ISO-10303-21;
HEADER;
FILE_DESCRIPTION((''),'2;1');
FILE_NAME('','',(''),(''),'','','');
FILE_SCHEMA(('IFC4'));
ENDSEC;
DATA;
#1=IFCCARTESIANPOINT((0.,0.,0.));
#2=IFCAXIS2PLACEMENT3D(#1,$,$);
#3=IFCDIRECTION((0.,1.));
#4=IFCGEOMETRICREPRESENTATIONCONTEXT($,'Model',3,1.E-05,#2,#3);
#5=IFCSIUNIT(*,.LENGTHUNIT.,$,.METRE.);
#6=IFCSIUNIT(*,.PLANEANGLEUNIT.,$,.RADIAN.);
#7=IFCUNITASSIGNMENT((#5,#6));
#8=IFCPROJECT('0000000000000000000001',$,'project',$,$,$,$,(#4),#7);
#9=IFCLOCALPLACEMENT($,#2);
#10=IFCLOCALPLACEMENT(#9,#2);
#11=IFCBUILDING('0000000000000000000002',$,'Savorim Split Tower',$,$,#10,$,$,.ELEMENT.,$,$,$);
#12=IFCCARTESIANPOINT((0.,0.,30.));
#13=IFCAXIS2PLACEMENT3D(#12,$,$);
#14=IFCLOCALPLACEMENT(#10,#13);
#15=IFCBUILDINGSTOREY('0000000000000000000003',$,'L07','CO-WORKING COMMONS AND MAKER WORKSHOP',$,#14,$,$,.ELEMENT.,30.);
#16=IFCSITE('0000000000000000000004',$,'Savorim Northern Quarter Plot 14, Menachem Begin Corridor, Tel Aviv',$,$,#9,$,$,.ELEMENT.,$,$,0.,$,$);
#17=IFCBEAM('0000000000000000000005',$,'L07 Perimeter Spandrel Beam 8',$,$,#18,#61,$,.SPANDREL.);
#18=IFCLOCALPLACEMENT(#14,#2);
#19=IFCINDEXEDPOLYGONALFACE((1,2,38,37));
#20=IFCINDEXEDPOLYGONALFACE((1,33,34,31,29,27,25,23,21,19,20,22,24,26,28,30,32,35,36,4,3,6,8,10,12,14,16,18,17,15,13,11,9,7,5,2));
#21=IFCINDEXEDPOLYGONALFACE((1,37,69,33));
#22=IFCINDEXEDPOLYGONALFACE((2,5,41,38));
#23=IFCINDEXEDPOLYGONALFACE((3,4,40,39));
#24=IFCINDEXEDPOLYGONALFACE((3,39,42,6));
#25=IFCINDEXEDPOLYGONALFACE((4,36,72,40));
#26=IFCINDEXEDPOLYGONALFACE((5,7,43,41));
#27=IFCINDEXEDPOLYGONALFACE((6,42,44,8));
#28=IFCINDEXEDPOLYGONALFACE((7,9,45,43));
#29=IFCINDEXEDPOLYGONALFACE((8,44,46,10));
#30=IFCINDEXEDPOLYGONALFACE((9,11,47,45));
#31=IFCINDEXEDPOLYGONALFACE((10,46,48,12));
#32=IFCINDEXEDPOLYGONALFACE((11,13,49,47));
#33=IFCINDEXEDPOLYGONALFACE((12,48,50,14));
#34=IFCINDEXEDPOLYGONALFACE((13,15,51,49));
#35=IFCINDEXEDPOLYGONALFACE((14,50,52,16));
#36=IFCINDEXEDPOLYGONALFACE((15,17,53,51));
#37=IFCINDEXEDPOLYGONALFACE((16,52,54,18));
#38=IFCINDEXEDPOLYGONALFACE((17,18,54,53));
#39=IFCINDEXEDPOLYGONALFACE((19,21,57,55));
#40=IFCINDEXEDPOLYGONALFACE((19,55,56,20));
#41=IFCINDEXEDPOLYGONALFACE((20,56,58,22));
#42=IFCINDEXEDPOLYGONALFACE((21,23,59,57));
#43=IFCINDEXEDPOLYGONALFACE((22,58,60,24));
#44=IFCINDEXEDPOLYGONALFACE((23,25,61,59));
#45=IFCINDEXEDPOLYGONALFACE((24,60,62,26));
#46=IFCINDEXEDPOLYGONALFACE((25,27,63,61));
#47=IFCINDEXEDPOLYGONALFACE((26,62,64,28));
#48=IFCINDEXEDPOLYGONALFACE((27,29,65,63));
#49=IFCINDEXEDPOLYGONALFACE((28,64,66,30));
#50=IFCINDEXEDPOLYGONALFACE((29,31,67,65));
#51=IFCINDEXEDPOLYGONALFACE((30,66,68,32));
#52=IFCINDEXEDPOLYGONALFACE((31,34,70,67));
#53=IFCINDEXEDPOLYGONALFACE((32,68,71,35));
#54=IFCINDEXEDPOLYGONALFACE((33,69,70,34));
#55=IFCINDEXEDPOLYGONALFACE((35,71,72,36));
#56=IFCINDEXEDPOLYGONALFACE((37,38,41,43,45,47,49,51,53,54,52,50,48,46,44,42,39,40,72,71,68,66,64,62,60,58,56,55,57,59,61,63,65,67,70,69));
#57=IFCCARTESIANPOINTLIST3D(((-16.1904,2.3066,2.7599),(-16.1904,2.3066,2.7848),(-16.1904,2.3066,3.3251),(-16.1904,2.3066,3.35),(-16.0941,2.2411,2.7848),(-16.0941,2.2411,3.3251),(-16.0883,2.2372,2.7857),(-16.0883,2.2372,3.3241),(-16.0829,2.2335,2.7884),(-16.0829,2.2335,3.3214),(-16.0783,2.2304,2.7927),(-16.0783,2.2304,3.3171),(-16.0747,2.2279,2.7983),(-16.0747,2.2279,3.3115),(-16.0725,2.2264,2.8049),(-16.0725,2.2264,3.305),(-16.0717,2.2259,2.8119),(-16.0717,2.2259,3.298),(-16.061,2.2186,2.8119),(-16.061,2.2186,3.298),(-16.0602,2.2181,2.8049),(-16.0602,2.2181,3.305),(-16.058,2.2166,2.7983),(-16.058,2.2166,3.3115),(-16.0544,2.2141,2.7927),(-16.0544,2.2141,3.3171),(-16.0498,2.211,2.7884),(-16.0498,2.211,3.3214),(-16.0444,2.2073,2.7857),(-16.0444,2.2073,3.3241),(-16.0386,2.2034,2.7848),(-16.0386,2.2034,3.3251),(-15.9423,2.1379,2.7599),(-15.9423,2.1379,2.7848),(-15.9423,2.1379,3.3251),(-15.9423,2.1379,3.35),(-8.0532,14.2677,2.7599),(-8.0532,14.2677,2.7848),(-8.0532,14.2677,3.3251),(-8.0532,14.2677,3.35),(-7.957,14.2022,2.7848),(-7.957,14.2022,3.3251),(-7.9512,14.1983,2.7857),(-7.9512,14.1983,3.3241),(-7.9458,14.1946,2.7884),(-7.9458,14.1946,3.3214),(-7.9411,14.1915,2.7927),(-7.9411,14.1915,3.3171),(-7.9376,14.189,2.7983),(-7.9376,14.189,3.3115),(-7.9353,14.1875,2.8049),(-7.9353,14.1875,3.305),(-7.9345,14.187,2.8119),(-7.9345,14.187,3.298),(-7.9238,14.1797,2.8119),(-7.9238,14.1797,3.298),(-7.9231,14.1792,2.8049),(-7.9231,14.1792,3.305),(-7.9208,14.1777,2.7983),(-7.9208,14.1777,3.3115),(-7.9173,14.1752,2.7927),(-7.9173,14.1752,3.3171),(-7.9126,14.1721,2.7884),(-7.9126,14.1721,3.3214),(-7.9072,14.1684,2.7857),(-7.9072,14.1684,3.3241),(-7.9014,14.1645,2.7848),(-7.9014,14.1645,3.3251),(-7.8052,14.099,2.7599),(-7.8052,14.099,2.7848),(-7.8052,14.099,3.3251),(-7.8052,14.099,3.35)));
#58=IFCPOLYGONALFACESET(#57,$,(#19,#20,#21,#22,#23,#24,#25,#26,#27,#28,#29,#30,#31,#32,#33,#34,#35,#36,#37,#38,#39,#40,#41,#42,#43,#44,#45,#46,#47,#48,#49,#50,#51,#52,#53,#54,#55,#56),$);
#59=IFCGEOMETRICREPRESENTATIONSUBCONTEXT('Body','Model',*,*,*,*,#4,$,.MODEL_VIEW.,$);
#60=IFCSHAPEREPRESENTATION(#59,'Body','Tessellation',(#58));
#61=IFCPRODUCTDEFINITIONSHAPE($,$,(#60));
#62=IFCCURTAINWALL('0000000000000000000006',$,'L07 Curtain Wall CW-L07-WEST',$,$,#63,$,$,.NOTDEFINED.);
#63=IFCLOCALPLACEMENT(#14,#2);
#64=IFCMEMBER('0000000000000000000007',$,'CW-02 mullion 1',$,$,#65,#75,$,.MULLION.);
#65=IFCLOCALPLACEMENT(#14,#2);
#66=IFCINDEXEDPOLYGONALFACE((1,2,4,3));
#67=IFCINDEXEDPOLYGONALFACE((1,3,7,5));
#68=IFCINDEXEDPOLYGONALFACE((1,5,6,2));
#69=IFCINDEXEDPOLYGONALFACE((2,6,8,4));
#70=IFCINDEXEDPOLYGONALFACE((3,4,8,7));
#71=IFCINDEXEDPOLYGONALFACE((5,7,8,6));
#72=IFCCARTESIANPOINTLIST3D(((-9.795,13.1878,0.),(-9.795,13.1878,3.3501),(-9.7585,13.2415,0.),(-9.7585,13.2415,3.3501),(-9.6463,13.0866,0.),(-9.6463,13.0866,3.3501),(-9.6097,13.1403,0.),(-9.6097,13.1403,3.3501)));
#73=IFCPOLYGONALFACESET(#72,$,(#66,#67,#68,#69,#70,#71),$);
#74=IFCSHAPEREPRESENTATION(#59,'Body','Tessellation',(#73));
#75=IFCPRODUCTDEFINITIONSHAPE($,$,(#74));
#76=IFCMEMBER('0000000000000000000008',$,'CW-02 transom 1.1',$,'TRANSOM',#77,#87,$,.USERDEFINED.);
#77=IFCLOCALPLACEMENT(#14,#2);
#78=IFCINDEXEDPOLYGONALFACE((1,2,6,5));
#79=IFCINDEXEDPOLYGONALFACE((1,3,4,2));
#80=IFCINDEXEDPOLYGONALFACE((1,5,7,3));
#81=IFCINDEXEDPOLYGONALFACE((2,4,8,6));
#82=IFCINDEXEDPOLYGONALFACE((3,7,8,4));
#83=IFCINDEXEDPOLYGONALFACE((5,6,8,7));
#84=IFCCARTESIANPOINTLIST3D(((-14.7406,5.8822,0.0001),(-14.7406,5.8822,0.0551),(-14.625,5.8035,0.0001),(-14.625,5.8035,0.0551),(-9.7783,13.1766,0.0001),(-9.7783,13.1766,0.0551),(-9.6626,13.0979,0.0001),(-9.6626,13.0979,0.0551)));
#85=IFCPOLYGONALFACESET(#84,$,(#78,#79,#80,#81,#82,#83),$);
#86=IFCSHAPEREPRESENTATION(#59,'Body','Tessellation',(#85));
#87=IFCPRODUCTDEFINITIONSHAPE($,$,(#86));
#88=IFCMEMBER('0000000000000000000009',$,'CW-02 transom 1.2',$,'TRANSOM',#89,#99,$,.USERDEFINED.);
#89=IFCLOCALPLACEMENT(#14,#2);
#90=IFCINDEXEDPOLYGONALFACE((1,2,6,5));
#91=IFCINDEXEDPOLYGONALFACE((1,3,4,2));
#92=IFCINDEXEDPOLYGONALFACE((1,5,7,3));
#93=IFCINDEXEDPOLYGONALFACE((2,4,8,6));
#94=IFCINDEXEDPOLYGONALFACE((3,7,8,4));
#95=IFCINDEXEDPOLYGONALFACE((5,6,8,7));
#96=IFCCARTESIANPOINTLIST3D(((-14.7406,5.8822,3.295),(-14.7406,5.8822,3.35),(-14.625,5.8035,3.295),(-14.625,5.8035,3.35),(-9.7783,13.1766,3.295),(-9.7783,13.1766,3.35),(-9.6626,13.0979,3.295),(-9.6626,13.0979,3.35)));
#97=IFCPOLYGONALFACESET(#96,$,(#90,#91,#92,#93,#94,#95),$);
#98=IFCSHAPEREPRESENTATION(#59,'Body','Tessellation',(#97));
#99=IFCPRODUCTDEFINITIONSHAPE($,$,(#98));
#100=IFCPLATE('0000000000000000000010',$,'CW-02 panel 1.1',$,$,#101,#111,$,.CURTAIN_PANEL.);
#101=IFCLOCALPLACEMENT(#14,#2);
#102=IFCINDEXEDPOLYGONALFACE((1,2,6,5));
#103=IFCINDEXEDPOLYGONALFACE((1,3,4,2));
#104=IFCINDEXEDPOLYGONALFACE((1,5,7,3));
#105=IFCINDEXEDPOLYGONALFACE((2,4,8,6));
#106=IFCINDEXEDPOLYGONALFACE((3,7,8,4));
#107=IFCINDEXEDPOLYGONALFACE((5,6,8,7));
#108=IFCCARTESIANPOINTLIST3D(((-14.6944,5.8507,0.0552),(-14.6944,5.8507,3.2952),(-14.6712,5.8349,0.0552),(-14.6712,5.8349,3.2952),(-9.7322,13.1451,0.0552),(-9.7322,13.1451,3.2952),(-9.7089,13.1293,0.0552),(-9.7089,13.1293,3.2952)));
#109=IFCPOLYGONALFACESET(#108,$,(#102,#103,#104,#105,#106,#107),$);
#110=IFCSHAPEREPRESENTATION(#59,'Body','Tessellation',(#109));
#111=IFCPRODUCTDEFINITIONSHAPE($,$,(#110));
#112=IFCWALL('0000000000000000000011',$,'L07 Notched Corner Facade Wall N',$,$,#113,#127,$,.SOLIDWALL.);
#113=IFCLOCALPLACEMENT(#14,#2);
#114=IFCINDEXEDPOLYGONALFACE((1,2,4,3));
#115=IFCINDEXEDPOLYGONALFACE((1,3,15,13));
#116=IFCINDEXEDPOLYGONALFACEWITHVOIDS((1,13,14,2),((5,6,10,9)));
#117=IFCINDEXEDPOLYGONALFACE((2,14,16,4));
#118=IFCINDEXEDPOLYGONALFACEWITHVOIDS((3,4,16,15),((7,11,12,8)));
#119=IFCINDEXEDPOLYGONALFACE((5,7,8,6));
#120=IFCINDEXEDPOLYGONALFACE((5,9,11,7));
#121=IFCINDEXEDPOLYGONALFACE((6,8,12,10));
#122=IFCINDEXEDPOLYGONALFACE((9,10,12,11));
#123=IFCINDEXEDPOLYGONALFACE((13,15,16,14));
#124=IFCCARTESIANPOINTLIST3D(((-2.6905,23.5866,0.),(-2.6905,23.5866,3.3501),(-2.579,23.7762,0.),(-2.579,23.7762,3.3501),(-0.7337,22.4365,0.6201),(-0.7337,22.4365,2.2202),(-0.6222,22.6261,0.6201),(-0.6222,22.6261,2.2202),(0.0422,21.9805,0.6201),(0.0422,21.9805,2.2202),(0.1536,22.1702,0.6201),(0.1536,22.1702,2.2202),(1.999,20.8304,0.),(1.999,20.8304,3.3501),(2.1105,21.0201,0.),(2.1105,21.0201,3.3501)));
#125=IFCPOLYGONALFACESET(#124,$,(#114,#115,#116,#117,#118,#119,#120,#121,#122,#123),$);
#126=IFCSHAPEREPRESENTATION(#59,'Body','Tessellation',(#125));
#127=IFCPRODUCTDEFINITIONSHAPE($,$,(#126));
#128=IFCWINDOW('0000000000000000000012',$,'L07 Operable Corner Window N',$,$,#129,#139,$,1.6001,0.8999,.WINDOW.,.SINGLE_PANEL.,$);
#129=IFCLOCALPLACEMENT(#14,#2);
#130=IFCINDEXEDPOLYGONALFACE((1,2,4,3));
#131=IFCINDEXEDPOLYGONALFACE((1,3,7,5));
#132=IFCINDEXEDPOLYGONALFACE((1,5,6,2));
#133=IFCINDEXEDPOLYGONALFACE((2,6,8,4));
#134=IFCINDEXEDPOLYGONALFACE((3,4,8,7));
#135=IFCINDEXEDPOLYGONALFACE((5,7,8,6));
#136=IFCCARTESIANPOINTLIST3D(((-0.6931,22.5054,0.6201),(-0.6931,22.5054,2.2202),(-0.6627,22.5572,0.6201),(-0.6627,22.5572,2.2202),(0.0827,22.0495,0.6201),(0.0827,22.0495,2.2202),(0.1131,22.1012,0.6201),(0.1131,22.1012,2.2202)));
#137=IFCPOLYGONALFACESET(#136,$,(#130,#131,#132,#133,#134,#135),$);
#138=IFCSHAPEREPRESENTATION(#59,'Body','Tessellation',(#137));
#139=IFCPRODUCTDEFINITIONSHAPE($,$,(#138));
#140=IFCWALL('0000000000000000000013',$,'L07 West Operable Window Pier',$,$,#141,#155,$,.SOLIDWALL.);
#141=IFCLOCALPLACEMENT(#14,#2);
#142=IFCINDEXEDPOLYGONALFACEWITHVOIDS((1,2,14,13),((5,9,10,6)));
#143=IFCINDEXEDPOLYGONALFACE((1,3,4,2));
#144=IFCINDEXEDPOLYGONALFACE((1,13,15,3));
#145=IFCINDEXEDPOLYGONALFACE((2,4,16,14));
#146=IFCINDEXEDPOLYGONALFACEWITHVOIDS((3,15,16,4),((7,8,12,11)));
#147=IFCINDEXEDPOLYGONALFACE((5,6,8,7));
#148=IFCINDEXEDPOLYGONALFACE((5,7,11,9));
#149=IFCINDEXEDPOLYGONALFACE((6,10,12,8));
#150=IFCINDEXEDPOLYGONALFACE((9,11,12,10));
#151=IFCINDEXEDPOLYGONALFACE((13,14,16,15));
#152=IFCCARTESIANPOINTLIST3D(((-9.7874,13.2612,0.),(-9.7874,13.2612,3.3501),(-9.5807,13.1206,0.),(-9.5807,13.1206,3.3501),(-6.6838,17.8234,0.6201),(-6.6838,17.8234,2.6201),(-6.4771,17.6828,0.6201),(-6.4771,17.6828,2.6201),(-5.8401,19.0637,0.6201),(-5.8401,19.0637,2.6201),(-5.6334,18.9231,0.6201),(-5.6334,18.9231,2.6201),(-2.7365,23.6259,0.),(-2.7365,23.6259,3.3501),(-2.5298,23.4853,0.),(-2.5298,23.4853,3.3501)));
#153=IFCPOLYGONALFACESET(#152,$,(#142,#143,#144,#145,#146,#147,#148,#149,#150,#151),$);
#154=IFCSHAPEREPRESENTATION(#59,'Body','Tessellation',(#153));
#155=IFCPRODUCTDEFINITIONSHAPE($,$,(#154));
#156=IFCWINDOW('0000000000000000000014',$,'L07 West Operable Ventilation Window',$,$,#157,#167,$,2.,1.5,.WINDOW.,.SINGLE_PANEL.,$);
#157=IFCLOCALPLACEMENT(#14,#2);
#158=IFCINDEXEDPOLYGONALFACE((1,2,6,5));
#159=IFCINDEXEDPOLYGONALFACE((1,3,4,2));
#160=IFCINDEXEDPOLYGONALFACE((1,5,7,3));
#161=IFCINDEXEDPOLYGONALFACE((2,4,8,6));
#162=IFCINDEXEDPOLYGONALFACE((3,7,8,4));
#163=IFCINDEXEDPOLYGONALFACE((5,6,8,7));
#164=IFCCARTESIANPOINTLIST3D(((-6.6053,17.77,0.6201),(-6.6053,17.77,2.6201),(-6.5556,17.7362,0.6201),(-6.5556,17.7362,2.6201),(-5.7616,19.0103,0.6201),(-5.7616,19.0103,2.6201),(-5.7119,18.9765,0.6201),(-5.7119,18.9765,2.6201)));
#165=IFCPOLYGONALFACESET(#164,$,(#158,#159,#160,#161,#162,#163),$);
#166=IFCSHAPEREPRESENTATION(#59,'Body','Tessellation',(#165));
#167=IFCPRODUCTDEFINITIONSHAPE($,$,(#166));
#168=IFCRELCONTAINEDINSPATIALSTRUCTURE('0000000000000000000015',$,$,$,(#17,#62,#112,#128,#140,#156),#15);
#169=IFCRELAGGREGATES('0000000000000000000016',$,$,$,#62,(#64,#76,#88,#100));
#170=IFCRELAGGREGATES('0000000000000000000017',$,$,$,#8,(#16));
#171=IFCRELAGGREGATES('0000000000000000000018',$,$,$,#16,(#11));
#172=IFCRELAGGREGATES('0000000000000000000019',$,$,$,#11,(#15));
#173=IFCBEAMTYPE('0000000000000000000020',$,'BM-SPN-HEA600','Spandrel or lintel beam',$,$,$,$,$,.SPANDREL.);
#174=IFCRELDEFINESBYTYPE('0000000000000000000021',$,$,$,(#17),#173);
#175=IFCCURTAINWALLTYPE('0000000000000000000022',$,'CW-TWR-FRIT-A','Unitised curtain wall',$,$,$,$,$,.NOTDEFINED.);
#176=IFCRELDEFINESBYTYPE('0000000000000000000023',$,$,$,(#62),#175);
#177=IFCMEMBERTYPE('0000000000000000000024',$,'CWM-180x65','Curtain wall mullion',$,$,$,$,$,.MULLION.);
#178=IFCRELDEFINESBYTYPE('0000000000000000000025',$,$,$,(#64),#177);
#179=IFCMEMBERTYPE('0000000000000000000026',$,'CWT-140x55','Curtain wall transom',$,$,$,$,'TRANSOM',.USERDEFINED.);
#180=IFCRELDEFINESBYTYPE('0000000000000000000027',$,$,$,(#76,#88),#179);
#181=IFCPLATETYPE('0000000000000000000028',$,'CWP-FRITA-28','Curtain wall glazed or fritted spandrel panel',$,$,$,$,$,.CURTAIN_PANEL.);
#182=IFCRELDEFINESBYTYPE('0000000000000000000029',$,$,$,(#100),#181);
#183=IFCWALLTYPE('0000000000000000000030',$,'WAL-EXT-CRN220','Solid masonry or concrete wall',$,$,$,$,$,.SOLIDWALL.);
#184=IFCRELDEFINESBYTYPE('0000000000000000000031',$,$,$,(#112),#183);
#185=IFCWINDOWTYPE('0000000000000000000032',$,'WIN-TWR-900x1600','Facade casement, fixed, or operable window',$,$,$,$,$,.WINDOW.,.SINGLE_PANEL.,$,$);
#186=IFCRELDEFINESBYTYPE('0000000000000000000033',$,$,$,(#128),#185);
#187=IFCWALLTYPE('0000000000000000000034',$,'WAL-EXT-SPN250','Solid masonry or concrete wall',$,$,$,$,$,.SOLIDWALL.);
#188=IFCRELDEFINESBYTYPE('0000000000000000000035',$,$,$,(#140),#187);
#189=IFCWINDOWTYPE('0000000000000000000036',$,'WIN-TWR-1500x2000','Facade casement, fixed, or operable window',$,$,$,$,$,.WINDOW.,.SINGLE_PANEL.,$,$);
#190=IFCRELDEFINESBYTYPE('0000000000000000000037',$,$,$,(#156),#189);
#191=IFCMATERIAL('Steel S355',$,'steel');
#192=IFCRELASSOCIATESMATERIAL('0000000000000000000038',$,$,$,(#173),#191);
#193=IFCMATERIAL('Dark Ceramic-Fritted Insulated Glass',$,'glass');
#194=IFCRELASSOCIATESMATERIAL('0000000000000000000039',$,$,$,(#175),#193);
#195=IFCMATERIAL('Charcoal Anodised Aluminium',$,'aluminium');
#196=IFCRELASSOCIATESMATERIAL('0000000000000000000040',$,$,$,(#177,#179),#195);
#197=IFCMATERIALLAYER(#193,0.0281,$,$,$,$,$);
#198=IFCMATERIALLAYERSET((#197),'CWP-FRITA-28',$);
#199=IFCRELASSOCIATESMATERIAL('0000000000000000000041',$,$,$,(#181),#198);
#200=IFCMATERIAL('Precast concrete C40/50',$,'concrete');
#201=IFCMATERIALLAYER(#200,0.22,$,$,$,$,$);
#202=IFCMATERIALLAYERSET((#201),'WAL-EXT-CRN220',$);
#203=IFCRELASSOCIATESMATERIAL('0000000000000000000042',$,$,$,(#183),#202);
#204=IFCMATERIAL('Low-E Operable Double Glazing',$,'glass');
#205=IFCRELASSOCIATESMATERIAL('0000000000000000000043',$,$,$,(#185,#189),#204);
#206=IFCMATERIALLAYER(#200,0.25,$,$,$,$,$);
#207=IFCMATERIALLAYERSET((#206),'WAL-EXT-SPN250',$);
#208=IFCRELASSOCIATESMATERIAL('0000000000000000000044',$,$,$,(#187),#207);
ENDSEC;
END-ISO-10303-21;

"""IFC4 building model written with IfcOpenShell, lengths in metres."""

from ifc_helpers import new_model, si_unit, direction, frame, frame_2d, origin, origin_2d, place, context, subcontext, project, spatial, rectangle, i_section, extrude, material, layer, layer_set, material_profile, profile_set, type_object, element, fill, aggregate, save


model = new_model("IFC4")

# Units and contexts
model_context = context("Model", 3, precision=1e-05, world=origin(), true_north=direction((0.0, 1.0)))
body_context = subcontext(model_context, "Body", "Model", "MODEL_VIEW")
ifc_project = project(units=[si_unit("LENGTHUNIT", "METRE"), si_unit("PLANEANGLEUNIT", "RADIAN")], contexts=[model_context])

# Site, building, storey
site_placement = place(None, origin())
site = spatial("IfcSite", under=ifc_project, at=site_placement, Name="Savorim Northern Quarter Plot 14, Menachem Begin Corridor, Tel Aviv", CompositionType="ELEMENT", RefElevation=0.0)
building_placement = place(site_placement, origin())
building = spatial("IfcBuilding", under=site, at=building_placement, Name="Savorim Split Tower", CompositionType="ELEMENT")
storey_placement = place(building_placement, frame((0.0, 0.0, 30.0)))
storey = spatial("IfcBuildingStorey", under=building, at=storey_placement, Name="L07", Description="CO-WORKING COMMONS AND MAKER WORKSHOP", CompositionType="ELEMENT", Elevation=30.0)

# Beam
ifc_material_1 = material(Name="Steel S355", Category="steel")
ifc_material_profile_1 = material_profile(ifc_material_1, i_section(OverallWidth=0.3, OverallDepth=0.5901, WebThickness=0.0129, FlangeThickness=0.0249, FilletRadius=0.0271, at=origin_2d()), Name="HEA 600")
ifc_profile_set_1 = profile_set([ifc_material_profile_1], Name="Steel S355")
beam_type_1 = type_object("IfcBeamType", Name="BM-SPN-HEA600", Description="Spandrel or lintel beam", PredefinedType="SPANDREL", material=ifc_profile_set_1)
beam_1_placement = place(storey_placement, frame((-7.9292, 14.1833, 3.0549), z_axis=(-0.56248, -0.826811, 0.0), x_axis=(0.826811, -0.56248, 0.0)))
element("IfcBeam", 1, at=beam_1_placement, inside=storey, type_object=beam_type_1, Name="L07 Perimeter Spandrel Beam 8", PredefinedType="SPANDREL", context=body_context, shape_type="SweptSolid", body=[
    extrude(i_section(OverallWidth=0.3, OverallDepth=0.5901, WebThickness=0.0129, FlangeThickness=0.0249, FilletRadius=0.0271, at=origin_2d()), origin(), (0.0, 0.0, 1.0), 14.4666),
])

# Curtain wall, members, plate
ifc_material_2 = material(Name="Dark Ceramic-Fritted Insulated Glass", Category="glass")
curtain_wall_type = type_object("IfcCurtainWallType", Name="CW-TWR-FRIT-A", Description="Unitised curtain wall", PredefinedType="NOTDEFINED", material=ifc_material_2)
curtain_wall_placement = place(storey_placement, origin())
curtain_wall = element("IfcCurtainWall", 2, at=curtain_wall_placement, inside=storey, type_object=curtain_wall_type, Name="L07 Curtain Wall CW-L07-WEST", PredefinedType="NOTDEFINED")
ifc_material_3 = material(Name="Charcoal Anodised Aluminium", Category="aluminium")
ifc_material_profile_2 = material_profile(ifc_material_3, rectangle(XDim=0.1799, YDim=0.0649, at=origin_2d()), Name="ALU-M 180x65")
ifc_profile_set_2 = profile_set([ifc_material_profile_2], Name="Charcoal Anodised Aluminium")
member_type_1 = type_object("IfcMemberType", Name="CWM-180x65", Description="Curtain wall mullion", PredefinedType="MULLION", material=ifc_profile_set_2)
member_1_placement = place(storey_placement, frame((-9.7024, 13.1641, 0.0), z_axis=(0.0, 0.0, 1.0), x_axis=(0.826821, -0.562465, 0.0)))
member_1 = element("IfcMember", 3, at=member_1_placement, type_object=member_type_1, Name="CW-02 mullion 1", PredefinedType="MULLION", context=body_context, shape_type="SweptSolid", body=[
    extrude(rectangle(XDim=0.1799, YDim=0.0649, at=origin_2d()), origin(), (0.0, 0.0, 1.0), 3.3501),
])
ifc_material_profile_3 = material_profile(ifc_material_3, rectangle(XDim=0.1399, YDim=0.0549, at=origin_2d()), Name="ALU-T 140x55")
ifc_profile_set_3 = profile_set([ifc_material_profile_3], Name="Charcoal Anodised Aluminium")
member_type_2 = type_object("IfcMemberType", Name="CWT-140x55", Description="Curtain wall transom", ElementType="TRANSOM", PredefinedType="USERDEFINED", material=ifc_profile_set_3)
member_2_placement = place(storey_placement, frame((-9.7205, 13.1372, 0.0276), z_axis=(-0.56248, -0.826811, 0.0), x_axis=(0.826811, -0.56248, 0.0)))
member_2 = element("IfcMember", 4, at=member_2_placement, type_object=member_type_2, Name="CW-02 transom 1.1", ObjectType="TRANSOM", PredefinedType="USERDEFINED", context=body_context, shape_type="SweptSolid", body=[
    extrude(rectangle(XDim=0.1399, YDim=0.0549, at=origin_2d()), origin(), (0.0, 0.0, 1.0), 8.8223),
])
member_3_placement = place(storey_placement, frame((-9.7205, 13.1372, 3.3225), z_axis=(-0.56248, -0.826811, 0.0), x_axis=(0.826811, -0.56248, 0.0)))
member_3 = element("IfcMember", 5, at=member_3_placement, type_object=member_type_2, Name="CW-02 transom 1.2", ObjectType="TRANSOM", PredefinedType="USERDEFINED", context=body_context, shape_type="SweptSolid", body=[
    extrude(rectangle(XDim=0.1399, YDim=0.0549, at=origin_2d()), origin(), (0.0, 0.0, 1.0), 8.8223),
])
ifc_layer_1 = layer(ifc_material_2, 0.0281)
ifc_layer_set_1 = layer_set([ifc_layer_1], Name="CWP-FRITA-28")
plate_type = type_object("IfcPlateType", Name="CWP-FRITA-28", Description="Curtain wall glazed or fritted spandrel panel", PredefinedType="CURTAIN_PANEL", material=ifc_layer_set_1)
plate_placement = place(storey_placement, frame((-12.2017, 9.49, 0.0552), z_axis=(0.0, 0.0, 1.0), x_axis=(-0.562465, -0.826821, 0.0)))
plate = element("IfcPlate", 6, at=plate_placement, type_object=plate_type, Name="CW-02 panel 1.1", PredefinedType="CURTAIN_PANEL", context=body_context, shape_type="SweptSolid", body=[
    extrude(rectangle(XDim=8.8223, YDim=0.0281, at=origin_2d()), origin(), (0.0, 0.0, 1.0), 3.24),
])
aggregate(curtain_wall, [member_1, member_2, member_3, plate])

# Walls, openings, windows
ifc_material_4 = material(Name="Precast concrete C40/50", Category="concrete")
ifc_layer_2 = layer(ifc_material_4, 0.22)
ifc_layer_set_2 = layer_set([ifc_layer_2], Name="WAL-EXT-CRN220")
wall_type_1 = type_object("IfcWallType", Name="WAL-EXT-CRN220", Description="Solid masonry or concrete wall", PredefinedType="SOLIDWALL", material=ifc_layer_set_2)
wall_1_placement = place(storey_placement, frame((-2.6348, 23.6814, 0.0), z_axis=(0.0, 0.0, 1.0), x_axis=(0.862127, -0.506693, 0.0)))
wall_1 = element("IfcWall", 7, at=wall_1_placement, inside=storey, type_object=wall_type_1, Name="L07 Notched Corner Facade Wall N", PredefinedType="SOLIDWALL", context=body_context, shape_type="SweptSolid", body=[
    extrude(rectangle(XDim=5.4395, YDim=0.22, at=frame_2d((2.7197, 0.0))), origin(), (0.0, 0.0, 1.0), 3.3501),
])
opening_1_placement = place(wall_1_placement, frame((2.2698, 0.0, 0.6201)))
opening_1 = element("IfcOpeningElement", 8, at=opening_1_placement, cuts=wall_1, PredefinedType="OPENING", context=body_context, shape_type="SweptSolid", body=[
    extrude(rectangle(XDim=0.8999, YDim=1.6001, at=frame_2d((0.45, 0.8))), frame((0.0, 0.1199, 0.0), z_axis=(0.0, -1.0, 0.0), x_axis=(1.0, 0.0, 0.0)), (0.0, 0.0, 1.0), 0.24),
])
ifc_material_5 = material(Name="Low-E Operable Double Glazing", Category="glass")
window_type_1 = type_object("IfcWindowType", Name="WIN-TWR-900x1600", Description="Facade casement, fixed, or operable window", PartitioningType="SINGLE_PANEL", PredefinedType="WINDOW", material=ifc_material_5)
window_1_placement = place(opening_1_placement, origin())
window_1 = element("IfcWindow", 9, at=window_1_placement, inside=storey, type_object=window_type_1, Name="L07 Operable Corner Window N", OverallHeight=1.6001, OverallWidth=0.8999, PartitioningType="SINGLE_PANEL", PredefinedType="WINDOW", context=body_context, shape_type="SweptSolid", body=[
    extrude(rectangle(XDim=0.8999, YDim=1.6001, at=frame_2d((0.45, 0.8))), frame((0.0, 0.03, 0.0), z_axis=(0.0, -1.0, 0.0), x_axis=(1.0, 0.0, 0.0)), (0.0, 0.0, 1.0), 0.0601),
])
fill(opening_1, window_1)
ifc_layer_3 = layer(ifc_material_4, 0.25)
ifc_layer_set_3 = layer_set([ifc_layer_3], Name="WAL-EXT-SPN250")
wall_type_2 = type_object("IfcWallType", Name="WAL-EXT-SPN250", Description="Solid masonry or concrete wall", PredefinedType="SOLIDWALL", material=ifc_layer_set_3)
wall_2_placement = place(storey_placement, frame((-9.6841, 13.1909, 0.0), z_axis=(0.0, 0.0, 1.0), x_axis=(0.562474, 0.826815, 0.0)))
wall_2 = element("IfcWall", 10, at=wall_2_placement, inside=storey, type_object=wall_type_2, Name="L07 West Operable Window Pier", PredefinedType="SOLIDWALL", context=body_context, shape_type="SweptSolid", body=[
    extrude(rectangle(XDim=12.5356, YDim=0.25, at=frame_2d((6.2678, 0.0))), origin(), (0.0, 0.0, 1.0), 3.3501),
])
opening_2_placement = place(wall_2_placement, frame((5.5178, 0.0, 0.6201)))
opening_2 = element("IfcOpeningElement", 11, at=opening_2_placement, cuts=wall_2, PredefinedType="OPENING", context=body_context, shape_type="SweptSolid", body=[
    extrude(rectangle(XDim=1.5, YDim=2.0, at=frame_2d((0.75, 1.0))), frame((0.0, 0.135, 0.0), z_axis=(0.0, -1.0, 0.0), x_axis=(1.0, 0.0, 0.0)), (0.0, 0.0, 1.0), 0.27),
])
window_type_2 = type_object("IfcWindowType", Name="WIN-TWR-1500x2000", Description="Facade casement, fixed, or operable window", PartitioningType="SINGLE_PANEL", PredefinedType="WINDOW", material=ifc_material_5)
window_2_placement = place(opening_2_placement, origin())
window_2 = element("IfcWindow", 12, at=window_2_placement, inside=storey, type_object=window_type_2, Name="L07 West Operable Ventilation Window", OverallHeight=2.0, OverallWidth=1.5, PartitioningType="SINGLE_PANEL", PredefinedType="WINDOW", context=body_context, shape_type="SweptSolid", body=[
    extrude(rectangle(XDim=1.5, YDim=2.0, at=frame_2d((0.75, 1.0))), frame((0.0, 0.03, 0.0), z_axis=(0.0, -1.0, 0.0), x_axis=(1.0, 0.0, 0.0)), (0.0, 0.0, 1.0), 0.0601),
])
fill(opening_2, window_2)

save(model, "model.ifc")
